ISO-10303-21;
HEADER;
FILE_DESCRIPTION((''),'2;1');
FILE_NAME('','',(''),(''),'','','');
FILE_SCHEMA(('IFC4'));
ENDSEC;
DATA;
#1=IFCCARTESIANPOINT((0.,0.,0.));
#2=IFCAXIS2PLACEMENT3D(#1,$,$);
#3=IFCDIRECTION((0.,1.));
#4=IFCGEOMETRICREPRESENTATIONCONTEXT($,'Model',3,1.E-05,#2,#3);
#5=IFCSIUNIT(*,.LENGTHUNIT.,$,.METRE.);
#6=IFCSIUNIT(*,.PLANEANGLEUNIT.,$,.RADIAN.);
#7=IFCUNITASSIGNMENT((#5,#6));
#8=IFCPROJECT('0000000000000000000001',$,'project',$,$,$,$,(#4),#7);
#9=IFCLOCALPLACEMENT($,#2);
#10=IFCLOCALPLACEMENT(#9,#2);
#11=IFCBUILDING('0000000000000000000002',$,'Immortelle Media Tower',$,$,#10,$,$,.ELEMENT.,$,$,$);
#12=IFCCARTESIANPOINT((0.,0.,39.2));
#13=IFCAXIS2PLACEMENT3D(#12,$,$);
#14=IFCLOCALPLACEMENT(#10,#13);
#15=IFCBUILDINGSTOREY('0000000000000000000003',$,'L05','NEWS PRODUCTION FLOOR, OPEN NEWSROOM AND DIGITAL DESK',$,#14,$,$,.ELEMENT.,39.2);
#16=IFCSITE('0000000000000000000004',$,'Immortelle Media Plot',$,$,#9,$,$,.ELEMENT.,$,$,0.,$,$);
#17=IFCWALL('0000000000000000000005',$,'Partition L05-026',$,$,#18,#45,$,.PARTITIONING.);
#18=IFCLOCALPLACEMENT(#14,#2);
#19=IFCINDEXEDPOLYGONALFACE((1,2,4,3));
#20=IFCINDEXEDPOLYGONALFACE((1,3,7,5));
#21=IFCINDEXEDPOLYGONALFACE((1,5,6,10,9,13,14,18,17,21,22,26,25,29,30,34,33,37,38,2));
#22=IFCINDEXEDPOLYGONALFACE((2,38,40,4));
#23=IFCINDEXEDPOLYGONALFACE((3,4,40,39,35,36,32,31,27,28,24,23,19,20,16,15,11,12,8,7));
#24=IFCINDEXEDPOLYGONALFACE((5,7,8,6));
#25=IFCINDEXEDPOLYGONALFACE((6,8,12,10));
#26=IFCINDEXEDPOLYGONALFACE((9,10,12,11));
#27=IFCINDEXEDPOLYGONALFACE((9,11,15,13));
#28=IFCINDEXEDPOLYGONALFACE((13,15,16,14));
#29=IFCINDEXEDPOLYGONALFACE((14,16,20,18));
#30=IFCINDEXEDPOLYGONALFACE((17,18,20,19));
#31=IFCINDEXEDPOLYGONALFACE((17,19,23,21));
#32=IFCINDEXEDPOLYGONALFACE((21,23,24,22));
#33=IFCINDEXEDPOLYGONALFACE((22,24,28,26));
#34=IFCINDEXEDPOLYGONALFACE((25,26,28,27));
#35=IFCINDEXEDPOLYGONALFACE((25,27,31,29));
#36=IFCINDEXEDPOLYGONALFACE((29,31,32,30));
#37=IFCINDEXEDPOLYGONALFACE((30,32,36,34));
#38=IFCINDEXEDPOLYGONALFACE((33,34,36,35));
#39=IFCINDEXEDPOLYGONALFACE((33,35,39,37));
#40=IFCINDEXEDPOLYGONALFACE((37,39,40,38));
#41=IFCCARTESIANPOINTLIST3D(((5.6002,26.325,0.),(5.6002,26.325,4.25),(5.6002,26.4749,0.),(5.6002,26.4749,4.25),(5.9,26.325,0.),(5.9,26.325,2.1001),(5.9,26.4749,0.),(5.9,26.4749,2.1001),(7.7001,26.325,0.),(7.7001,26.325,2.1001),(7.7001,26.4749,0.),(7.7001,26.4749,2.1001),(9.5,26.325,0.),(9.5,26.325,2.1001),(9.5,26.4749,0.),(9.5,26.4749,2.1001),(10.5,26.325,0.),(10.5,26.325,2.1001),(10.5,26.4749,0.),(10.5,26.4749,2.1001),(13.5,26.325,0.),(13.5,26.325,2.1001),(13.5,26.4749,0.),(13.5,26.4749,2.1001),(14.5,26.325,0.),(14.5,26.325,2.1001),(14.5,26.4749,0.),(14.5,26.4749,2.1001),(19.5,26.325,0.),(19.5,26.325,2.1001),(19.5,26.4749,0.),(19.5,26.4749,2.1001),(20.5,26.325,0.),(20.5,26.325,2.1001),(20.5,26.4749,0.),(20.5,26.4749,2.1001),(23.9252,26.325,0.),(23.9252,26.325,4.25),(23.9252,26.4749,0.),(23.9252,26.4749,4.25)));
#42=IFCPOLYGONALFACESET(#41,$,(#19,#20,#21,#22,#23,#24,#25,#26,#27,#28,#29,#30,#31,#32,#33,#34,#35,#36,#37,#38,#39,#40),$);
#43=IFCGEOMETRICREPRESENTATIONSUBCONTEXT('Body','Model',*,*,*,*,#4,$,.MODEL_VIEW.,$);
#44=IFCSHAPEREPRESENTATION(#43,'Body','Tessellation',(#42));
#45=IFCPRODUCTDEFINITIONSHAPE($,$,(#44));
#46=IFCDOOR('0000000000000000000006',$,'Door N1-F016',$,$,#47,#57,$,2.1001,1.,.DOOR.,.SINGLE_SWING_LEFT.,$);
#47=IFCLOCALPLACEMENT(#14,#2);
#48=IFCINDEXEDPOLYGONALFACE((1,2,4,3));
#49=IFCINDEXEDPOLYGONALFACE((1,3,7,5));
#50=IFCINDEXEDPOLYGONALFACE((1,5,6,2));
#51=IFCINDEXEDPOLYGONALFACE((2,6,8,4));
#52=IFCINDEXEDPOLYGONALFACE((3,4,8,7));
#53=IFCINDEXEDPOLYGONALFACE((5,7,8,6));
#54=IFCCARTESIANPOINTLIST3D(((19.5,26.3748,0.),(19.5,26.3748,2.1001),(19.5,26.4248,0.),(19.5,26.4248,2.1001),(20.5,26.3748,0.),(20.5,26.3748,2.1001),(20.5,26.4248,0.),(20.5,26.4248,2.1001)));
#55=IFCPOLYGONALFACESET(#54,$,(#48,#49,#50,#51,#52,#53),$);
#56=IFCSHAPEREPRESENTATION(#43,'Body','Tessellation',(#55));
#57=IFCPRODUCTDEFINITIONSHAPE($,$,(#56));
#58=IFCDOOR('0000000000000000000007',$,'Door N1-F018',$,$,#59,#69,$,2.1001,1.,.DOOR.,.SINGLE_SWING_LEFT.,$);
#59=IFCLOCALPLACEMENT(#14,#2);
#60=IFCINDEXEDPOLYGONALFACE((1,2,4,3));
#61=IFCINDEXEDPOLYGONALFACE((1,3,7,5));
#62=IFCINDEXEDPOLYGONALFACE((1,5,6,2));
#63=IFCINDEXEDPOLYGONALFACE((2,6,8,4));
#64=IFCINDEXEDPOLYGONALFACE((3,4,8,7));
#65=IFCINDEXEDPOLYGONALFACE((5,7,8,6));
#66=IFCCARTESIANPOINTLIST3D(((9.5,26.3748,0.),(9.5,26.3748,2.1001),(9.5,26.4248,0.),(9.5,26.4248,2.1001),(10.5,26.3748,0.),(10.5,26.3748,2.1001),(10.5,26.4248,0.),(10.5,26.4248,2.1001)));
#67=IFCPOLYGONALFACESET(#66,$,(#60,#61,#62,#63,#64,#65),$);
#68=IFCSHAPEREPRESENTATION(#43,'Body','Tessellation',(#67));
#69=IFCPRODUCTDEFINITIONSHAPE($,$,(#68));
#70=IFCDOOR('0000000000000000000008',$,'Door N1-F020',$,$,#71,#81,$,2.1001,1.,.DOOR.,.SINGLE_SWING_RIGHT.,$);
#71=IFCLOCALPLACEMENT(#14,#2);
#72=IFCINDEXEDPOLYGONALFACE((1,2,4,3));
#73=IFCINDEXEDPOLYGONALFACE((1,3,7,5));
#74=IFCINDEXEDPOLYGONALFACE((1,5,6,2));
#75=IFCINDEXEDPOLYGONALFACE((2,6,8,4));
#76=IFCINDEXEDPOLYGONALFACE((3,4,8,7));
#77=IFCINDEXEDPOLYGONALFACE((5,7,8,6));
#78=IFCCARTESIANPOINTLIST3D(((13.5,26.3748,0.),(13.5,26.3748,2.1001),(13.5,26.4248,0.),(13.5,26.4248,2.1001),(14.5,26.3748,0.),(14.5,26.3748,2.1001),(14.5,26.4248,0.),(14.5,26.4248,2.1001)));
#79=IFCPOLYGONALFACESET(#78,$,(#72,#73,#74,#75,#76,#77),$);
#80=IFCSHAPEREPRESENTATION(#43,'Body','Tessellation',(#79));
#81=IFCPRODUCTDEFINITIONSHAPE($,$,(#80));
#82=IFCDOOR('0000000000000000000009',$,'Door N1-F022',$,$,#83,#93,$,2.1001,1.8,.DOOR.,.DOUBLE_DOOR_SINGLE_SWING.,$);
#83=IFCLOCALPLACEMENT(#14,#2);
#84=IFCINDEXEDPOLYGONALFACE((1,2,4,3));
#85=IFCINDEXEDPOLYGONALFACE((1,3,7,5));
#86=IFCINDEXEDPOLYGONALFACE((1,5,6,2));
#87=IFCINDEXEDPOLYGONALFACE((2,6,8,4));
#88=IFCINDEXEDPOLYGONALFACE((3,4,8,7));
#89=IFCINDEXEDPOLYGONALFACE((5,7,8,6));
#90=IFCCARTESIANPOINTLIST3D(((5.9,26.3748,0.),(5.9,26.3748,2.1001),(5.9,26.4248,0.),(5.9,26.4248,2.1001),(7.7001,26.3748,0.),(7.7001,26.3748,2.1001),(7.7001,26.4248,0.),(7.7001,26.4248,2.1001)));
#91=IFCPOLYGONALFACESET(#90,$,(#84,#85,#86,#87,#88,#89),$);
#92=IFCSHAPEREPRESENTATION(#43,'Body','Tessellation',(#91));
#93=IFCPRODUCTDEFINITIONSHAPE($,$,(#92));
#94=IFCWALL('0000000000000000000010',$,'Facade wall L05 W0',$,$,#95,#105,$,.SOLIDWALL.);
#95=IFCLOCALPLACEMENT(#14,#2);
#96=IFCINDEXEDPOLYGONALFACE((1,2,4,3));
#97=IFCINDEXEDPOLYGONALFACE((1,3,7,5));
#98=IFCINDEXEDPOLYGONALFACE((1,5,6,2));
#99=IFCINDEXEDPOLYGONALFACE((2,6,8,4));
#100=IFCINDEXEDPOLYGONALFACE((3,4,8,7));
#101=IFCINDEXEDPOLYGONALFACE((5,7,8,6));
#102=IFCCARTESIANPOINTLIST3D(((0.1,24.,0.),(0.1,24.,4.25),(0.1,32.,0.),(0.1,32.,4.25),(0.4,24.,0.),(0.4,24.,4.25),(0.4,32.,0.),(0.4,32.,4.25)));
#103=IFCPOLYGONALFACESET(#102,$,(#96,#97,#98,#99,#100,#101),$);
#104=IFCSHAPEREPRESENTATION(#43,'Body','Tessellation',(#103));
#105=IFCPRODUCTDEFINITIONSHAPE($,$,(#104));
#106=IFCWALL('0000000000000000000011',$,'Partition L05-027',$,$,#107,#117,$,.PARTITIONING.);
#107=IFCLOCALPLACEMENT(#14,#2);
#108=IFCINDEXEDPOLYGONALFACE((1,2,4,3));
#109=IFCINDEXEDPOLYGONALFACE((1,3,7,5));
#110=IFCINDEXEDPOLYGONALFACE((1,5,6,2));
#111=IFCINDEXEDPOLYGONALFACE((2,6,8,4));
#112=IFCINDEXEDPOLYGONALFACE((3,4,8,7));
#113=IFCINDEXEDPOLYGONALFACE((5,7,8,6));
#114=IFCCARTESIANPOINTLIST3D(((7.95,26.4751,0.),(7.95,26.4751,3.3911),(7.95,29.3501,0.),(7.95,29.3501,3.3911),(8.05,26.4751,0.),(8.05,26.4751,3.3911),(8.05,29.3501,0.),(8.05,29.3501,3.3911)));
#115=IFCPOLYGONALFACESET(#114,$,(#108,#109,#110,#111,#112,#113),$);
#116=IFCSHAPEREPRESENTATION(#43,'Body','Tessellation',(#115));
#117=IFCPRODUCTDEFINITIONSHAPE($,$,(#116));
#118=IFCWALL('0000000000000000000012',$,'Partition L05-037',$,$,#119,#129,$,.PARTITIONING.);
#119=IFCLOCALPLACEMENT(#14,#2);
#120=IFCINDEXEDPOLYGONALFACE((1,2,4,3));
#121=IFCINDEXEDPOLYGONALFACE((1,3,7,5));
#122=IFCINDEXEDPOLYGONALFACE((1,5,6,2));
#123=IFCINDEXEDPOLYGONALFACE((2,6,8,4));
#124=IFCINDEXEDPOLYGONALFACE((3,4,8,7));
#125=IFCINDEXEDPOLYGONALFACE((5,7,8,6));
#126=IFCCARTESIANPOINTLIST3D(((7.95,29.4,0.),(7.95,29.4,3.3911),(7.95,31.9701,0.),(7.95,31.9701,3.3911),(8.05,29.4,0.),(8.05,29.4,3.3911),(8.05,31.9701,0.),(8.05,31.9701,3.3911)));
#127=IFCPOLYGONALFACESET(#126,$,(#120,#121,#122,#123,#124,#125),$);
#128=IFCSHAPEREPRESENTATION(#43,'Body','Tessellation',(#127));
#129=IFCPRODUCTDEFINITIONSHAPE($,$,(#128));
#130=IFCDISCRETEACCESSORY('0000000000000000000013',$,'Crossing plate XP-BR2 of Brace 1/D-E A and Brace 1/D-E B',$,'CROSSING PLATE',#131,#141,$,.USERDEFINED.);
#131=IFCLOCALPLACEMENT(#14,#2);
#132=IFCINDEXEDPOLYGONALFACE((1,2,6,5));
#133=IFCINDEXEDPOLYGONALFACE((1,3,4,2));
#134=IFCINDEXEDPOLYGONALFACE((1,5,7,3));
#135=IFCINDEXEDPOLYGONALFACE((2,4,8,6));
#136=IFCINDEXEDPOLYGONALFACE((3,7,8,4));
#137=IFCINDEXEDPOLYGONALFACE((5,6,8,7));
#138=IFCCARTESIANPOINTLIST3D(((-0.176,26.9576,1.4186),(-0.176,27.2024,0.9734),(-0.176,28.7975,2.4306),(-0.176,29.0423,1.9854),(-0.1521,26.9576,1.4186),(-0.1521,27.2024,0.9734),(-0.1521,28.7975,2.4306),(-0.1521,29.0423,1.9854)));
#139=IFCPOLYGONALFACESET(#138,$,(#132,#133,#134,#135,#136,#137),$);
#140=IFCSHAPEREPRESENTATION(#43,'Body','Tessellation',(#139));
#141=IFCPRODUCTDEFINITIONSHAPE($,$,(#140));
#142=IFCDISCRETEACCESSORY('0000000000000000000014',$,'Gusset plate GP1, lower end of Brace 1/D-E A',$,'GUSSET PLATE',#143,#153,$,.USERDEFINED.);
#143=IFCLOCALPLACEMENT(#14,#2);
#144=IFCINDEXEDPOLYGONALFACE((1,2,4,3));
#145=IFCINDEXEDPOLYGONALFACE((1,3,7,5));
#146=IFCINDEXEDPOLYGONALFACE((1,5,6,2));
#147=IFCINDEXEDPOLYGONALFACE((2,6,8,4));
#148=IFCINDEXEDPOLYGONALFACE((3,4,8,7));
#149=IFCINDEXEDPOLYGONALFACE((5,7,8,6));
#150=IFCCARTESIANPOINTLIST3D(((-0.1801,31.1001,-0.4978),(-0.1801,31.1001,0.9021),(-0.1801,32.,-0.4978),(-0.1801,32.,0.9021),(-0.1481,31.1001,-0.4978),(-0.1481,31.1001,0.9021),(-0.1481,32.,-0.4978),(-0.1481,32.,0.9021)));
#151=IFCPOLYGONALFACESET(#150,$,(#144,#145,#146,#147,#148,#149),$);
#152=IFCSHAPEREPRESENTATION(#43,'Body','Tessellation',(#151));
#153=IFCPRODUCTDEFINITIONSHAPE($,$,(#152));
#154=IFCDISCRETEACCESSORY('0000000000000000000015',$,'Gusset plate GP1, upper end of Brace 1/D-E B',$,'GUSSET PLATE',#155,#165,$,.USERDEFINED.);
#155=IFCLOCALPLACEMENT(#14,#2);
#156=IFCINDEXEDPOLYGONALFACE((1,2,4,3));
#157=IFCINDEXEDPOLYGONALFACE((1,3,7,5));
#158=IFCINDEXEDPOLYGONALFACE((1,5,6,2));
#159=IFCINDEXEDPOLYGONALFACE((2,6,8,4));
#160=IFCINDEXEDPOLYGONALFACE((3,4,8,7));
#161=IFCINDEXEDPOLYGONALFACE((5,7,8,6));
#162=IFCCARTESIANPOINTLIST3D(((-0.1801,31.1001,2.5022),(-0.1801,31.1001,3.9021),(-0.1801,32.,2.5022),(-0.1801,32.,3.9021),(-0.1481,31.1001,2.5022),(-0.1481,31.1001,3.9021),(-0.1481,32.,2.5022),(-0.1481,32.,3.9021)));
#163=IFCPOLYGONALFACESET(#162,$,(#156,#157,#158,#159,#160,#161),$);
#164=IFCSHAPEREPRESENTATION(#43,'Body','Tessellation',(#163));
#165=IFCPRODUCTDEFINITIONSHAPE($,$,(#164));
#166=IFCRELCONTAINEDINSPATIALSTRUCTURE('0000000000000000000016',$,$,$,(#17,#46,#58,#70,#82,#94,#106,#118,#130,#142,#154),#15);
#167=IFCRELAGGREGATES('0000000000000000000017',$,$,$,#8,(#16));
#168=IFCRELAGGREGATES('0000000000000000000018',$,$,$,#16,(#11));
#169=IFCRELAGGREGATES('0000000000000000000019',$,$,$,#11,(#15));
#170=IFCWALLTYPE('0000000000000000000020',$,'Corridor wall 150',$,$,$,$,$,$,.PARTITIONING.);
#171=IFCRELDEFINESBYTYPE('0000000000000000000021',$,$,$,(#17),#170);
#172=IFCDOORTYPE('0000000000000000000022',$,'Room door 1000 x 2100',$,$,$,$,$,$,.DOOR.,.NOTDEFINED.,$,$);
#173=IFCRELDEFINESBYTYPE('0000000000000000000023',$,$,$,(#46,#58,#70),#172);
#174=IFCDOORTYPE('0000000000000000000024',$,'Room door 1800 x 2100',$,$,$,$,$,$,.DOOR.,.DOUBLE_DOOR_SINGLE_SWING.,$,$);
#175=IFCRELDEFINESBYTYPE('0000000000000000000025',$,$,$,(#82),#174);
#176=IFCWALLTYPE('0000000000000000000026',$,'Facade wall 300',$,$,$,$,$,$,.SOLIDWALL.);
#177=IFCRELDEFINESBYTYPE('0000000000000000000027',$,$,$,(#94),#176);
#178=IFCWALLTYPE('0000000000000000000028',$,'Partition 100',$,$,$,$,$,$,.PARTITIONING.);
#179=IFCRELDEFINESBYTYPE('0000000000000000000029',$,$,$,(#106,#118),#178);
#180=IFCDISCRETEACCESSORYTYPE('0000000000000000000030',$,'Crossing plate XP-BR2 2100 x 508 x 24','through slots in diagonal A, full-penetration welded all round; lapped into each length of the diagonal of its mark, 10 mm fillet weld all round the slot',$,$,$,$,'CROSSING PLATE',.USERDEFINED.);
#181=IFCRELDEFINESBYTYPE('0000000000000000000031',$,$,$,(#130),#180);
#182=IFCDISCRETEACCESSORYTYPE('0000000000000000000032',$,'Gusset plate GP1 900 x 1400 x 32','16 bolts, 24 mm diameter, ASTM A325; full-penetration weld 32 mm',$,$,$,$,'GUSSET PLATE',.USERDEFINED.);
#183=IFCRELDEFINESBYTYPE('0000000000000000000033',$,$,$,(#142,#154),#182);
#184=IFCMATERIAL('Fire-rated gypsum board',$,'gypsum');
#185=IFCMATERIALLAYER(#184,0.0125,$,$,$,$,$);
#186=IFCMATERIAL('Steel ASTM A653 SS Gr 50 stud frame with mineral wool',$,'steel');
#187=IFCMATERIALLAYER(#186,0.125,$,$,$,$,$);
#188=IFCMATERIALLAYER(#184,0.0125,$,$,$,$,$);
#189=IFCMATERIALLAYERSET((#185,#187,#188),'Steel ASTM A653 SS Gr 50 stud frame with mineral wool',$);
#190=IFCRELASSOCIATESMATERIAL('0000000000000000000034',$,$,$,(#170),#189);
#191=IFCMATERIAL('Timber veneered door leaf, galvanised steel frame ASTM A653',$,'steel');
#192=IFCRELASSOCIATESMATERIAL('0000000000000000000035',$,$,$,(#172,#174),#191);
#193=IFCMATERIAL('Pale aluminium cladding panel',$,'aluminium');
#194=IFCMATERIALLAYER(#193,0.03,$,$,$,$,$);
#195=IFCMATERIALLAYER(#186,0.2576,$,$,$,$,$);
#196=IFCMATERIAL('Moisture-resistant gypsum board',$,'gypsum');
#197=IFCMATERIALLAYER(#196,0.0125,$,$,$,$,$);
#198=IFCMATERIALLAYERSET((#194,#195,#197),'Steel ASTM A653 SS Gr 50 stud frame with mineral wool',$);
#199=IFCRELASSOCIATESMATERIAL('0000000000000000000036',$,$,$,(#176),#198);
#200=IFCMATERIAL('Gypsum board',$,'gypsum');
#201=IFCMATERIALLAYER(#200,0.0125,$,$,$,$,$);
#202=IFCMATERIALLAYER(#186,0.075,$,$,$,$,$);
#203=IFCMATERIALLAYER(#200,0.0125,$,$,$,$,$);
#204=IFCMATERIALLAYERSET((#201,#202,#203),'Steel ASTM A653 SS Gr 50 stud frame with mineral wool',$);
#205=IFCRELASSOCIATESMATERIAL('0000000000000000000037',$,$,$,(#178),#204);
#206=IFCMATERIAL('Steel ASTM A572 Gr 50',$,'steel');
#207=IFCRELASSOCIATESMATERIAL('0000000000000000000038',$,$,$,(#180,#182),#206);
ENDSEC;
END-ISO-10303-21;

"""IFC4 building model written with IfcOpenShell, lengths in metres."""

from ifc_helpers import new_model, si_unit, direction, frame, frame_2d, origin, origin_2d, place, context, subcontext, project, spatial, rectangle, extrude, material, layer, layer_set, material_profile, profile_set, type_object, element, fill, save


model = new_model("IFC4")

# Units and contexts
model_context = context("Model", 3, precision=1e-05, world=origin(), true_north=direction((0.0, 1.0)))
body_context = subcontext(model_context, "Body", "Model", "MODEL_VIEW")
ifc_project = project(units=[si_unit("LENGTHUNIT", "METRE"), si_unit("PLANEANGLEUNIT", "RADIAN")], contexts=[model_context])

# Site, building, storey
site_placement = place(None, origin())
site = spatial("IfcSite", under=ifc_project, at=site_placement, Name="Immortelle Media Plot", CompositionType="ELEMENT", RefElevation=0.0)
building_placement = place(site_placement, origin())
building = spatial("IfcBuilding", under=site, at=building_placement, Name="Immortelle Media Tower", CompositionType="ELEMENT")
storey_placement = place(building_placement, frame((0.0, 0.0, 39.2)))
storey = spatial("IfcBuildingStorey", under=building, at=storey_placement, Name="L05", Description="NEWS PRODUCTION FLOOR, OPEN NEWSROOM AND DIGITAL DESK", CompositionType="ELEMENT", Elevation=39.2)

# Wall, openings, doors
ifc_material_1 = material(Name="Fire-rated gypsum board", Category="gypsum")
ifc_layer_1 = layer(ifc_material_1, 0.0125)
ifc_material_2 = material(Name="Steel ASTM A653 SS Gr 50 stud frame with mineral wool", Category="steel")
ifc_layer_2 = layer(ifc_material_2, 0.125)
ifc_layer_3 = layer(ifc_material_1, 0.0125)
ifc_layer_set_1 = layer_set([ifc_layer_1, ifc_layer_2, ifc_layer_3], Name="Steel ASTM A653 SS Gr 50 stud frame with mineral wool")
wall_type_1 = type_object("IfcWallType", Name="Corridor wall 150", PredefinedType="PARTITIONING", material=ifc_layer_set_1)
wall_1_placement = place(storey_placement, frame((5.6001, 26.3999, 0.0), z_axis=(0.0, 0.0, 1.0), x_axis=(1.0, 0.0, 0.0)))
wall_1 = element("IfcWall", 1, at=wall_1_placement, inside=storey, type_object=wall_type_1, Name="Partition L05-026", PredefinedType="PARTITIONING", context=body_context, shape_type="SweptSolid", body=[
    extrude(rectangle(XDim=18.325, YDim=0.1499, at=frame_2d((9.1626, 0.0))), origin(), (0.0, 0.0, 1.0), 4.25),
])
opening_1_placement = place(wall_1_placement, frame((13.8999, 0.0, 0.0)))
opening_1 = element("IfcOpeningElement", 2, at=opening_1_placement, cuts=wall_1, PredefinedType="OPENING", context=body_context, shape_type="SweptSolid", body=[
    extrude(rectangle(XDim=1.0, YDim=2.1001, at=frame_2d((0.5, 1.05))), frame((0.0, 0.085, 0.0), z_axis=(0.0, -1.0, 0.0), x_axis=(1.0, 0.0, 0.0)), (0.0, 0.0, 1.0), 0.1699),
])
opening_2_placement = place(wall_1_placement, frame((3.8999, 0.0, 0.0)))
opening_2 = element("IfcOpeningElement", 3, at=opening_2_placement, cuts=wall_1, PredefinedType="OPENING", context=body_context, shape_type="SweptSolid", body=[
    extrude(rectangle(XDim=1.0, YDim=2.1001, at=frame_2d((0.5, 1.05))), frame((0.0, 0.085, 0.0), z_axis=(0.0, -1.0, 0.0), x_axis=(1.0, 0.0, 0.0)), (0.0, 0.0, 1.0), 0.1699),
])
opening_3_placement = place(wall_1_placement, frame((7.8999, 0.0, 0.0)))
opening_3 = element("IfcOpeningElement", 4, at=opening_3_placement, cuts=wall_1, PredefinedType="OPENING", context=body_context, shape_type="SweptSolid", body=[
    extrude(rectangle(XDim=1.0, YDim=2.1001, at=frame_2d((0.5, 1.05))), frame((0.0, 0.085, 0.0), z_axis=(0.0, -1.0, 0.0), x_axis=(1.0, 0.0, 0.0)), (0.0, 0.0, 1.0), 0.1699),
])
opening_4_placement = place(wall_1_placement, frame((0.3, 0.0, 0.0)))
opening_4 = element("IfcOpeningElement", 5, at=opening_4_placement, cuts=wall_1, PredefinedType="OPENING", context=body_context, shape_type="SweptSolid", body=[
    extrude(rectangle(XDim=1.8, YDim=2.1001, at=frame_2d((0.8999, 1.05))), frame((0.0, 0.085, 0.0), z_axis=(0.0, -1.0, 0.0), x_axis=(1.0, 0.0, 0.0)), (0.0, 0.0, 1.0), 0.1699),
])
ifc_material_3 = material(Name="Timber veneered door leaf, galvanised steel frame ASTM A653", Category="steel")
door_type_1 = type_object("IfcDoorType", Name="Room door 1000 x 2100", OperationType="NOTDEFINED", PredefinedType="DOOR", material=ifc_material_3)
door_1_placement = place(opening_1_placement, origin())
door_1 = element("IfcDoor", 6, at=door_1_placement, inside=storey, type_object=door_type_1, Name="Door N1-F016", OperationType="SINGLE_SWING_LEFT", OverallHeight=2.1001, OverallWidth=1.0, PredefinedType="DOOR", context=body_context, shape_type="SweptSolid", body=[
    extrude(rectangle(XDim=1.0, YDim=2.1001, at=frame_2d((0.5, 1.05))), frame((0.0, 0.0249, 0.0), z_axis=(0.0, -1.0, 0.0), x_axis=(1.0, 0.0, 0.0)), (0.0, 0.0, 1.0), 0.05),
])
fill(opening_1, door_1)
door_2_placement = place(opening_2_placement, origin())
door_2 = element("IfcDoor", 7, at=door_2_placement, inside=storey, type_object=door_type_1, Name="Door N1-F018", OperationType="SINGLE_SWING_LEFT", OverallHeight=2.1001, OverallWidth=1.0, PredefinedType="DOOR", context=body_context, shape_type="SweptSolid", body=[
    extrude(rectangle(XDim=1.0, YDim=2.1001, at=frame_2d((0.5, 1.05))), frame((0.0, 0.0249, 0.0), z_axis=(0.0, -1.0, 0.0), x_axis=(1.0, 0.0, 0.0)), (0.0, 0.0, 1.0), 0.05),
])
fill(opening_2, door_2)
door_3_placement = place(opening_3_placement, origin())
door_3 = element("IfcDoor", 8, at=door_3_placement, inside=storey, type_object=door_type_1, Name="Door N1-F020", OperationType="SINGLE_SWING_RIGHT", OverallHeight=2.1001, OverallWidth=1.0, PredefinedType="DOOR", context=body_context, shape_type="SweptSolid", body=[
    extrude(rectangle(XDim=1.0, YDim=2.1001, at=frame_2d((0.5, 1.05))), frame((0.0, 0.0249, 0.0), z_axis=(0.0, -1.0, 0.0), x_axis=(1.0, 0.0, 0.0)), (0.0, 0.0, 1.0), 0.05),
])
fill(opening_3, door_3)
door_type_2 = type_object("IfcDoorType", Name="Room door 1800 x 2100", OperationType="DOUBLE_DOOR_SINGLE_SWING", PredefinedType="DOOR", material=ifc_material_3)
door_4_placement = place(opening_4_placement, origin())
door_4 = element("IfcDoor", 9, at=door_4_placement, inside=storey, type_object=door_type_2, Name="Door N1-F022", OperationType="DOUBLE_DOOR_SINGLE_SWING", OverallHeight=2.1001, OverallWidth=1.8, PredefinedType="DOOR", context=body_context, shape_type="SweptSolid", body=[
    extrude(rectangle(XDim=1.8, YDim=2.1001, at=frame_2d((0.8999, 1.05))), frame((0.0, 0.0249, 0.0), z_axis=(0.0, -1.0, 0.0), x_axis=(1.0, 0.0, 0.0)), (0.0, 0.0, 1.0), 0.05),
])
fill(opening_4, door_4)

# Walls
ifc_material_4 = material(Name="Pale aluminium cladding panel", Category="aluminium")
ifc_layer_4 = layer(ifc_material_4, 0.03)
ifc_layer_5 = layer(ifc_material_2, 0.2576)
ifc_material_5 = material(Name="Moisture-resistant gypsum board", Category="gypsum")
ifc_layer_6 = layer(ifc_material_5, 0.0125)
ifc_layer_set_2 = layer_set([ifc_layer_4, ifc_layer_5, ifc_layer_6], Name="Steel ASTM A653 SS Gr 50 stud frame with mineral wool")
wall_type_2 = type_object("IfcWallType", Name="Facade wall 300", PredefinedType="SOLIDWALL", material=ifc_layer_set_2)
wall_2_placement = place(storey_placement, frame((0.25, 32.0, 0.0), z_axis=(0.0, 0.0, 1.0), x_axis=(0.0, -1.0, 0.0)))
element("IfcWall", 10, at=wall_2_placement, inside=storey, type_object=wall_type_2, Name="Facade wall L05 W0", PredefinedType="SOLIDWALL", context=body_context, shape_type="SweptSolid", body=[
    extrude(rectangle(XDim=8.0, YDim=0.3, at=frame_2d((4.0, 0.0))), origin(), (0.0, 0.0, 1.0), 4.25),
])
ifc_material_6 = material(Name="Gypsum board", Category="gypsum")
ifc_layer_7 = layer(ifc_material_6, 0.0125)
ifc_layer_8 = layer(ifc_material_2, 0.075)
ifc_layer_9 = layer(ifc_material_6, 0.0125)
ifc_layer_set_3 = layer_set([ifc_layer_7, ifc_layer_8, ifc_layer_9], Name="Steel ASTM A653 SS Gr 50 stud frame with mineral wool")
wall_type_3 = type_object("IfcWallType", Name="Partition 100", PredefinedType="PARTITIONING", material=ifc_layer_set_3)
wall_3_placement = place(storey_placement, frame((8.0, 26.4751, 0.0), z_axis=(0.0, 0.0, 1.0), x_axis=(0.0, 1.0, 0.0)))
element("IfcWall", 11, at=wall_3_placement, inside=storey, type_object=wall_type_3, Name="Partition L05-027", PredefinedType="PARTITIONING", context=body_context, shape_type="SweptSolid", body=[
    extrude(rectangle(XDim=2.875, YDim=0.1001, at=frame_2d((1.4375, 0.0))), origin(), (0.0, 0.0, 1.0), 3.3911),
])
wall_4_placement = place(storey_placement, frame((8.0, 29.3999, 0.0), z_axis=(0.0, 0.0, 1.0), x_axis=(0.0, 1.0, 0.0)))
element("IfcWall", 12, at=wall_4_placement, inside=storey, type_object=wall_type_3, Name="Partition L05-037", PredefinedType="PARTITIONING", context=body_context, shape_type="SweptSolid", body=[
    extrude(rectangle(XDim=2.5701, YDim=0.1001, at=frame_2d((1.2852, 0.0))), origin(), (0.0, 0.0, 1.0), 3.3911),
])

# Discrete accessories
ifc_material_7 = material(Name="Steel ASTM A572 Gr 50", Category="steel")
ifc_material_profile_1 = material_profile(ifc_material_7, rectangle(XDim=0.0239, YDim=0.5081, at=origin_2d()), Name="PL 24 x 508")
ifc_profile_set_1 = profile_set([ifc_material_profile_1], Name="Steel ASTM A572 Gr 50")
discrete_accessory_type_1 = type_object("IfcDiscreteAccessoryType", Name="Crossing plate XP-BR2 2100 x 508 x 24", Description="through slots in diagonal A, full-penetration welded all round; lapped into each length of the diagonal of its mark, 10 mm fillet weld all round the slot", ElementType="CROSSING PLATE", PredefinedType="USERDEFINED", material=ifc_profile_set_1)
discrete_accessory_placement = place(storey_placement, frame((-0.1641, 28.9199, 2.208), z_axis=(0.0, -0.876206, -0.481937), x_axis=(1.0, 0.0, 0.0)))
element("IfcDiscreteAccessory", 13, at=discrete_accessory_placement, inside=storey, type_object=discrete_accessory_type_1, Name="Crossing plate XP-BR2 of Brace 1/D-E A and Brace 1/D-E B", ObjectType="CROSSING PLATE", PredefinedType="USERDEFINED", context=body_context, shape_type="SweptSolid", body=[
    extrude(rectangle(XDim=0.0239, YDim=0.5081, at=origin_2d()), origin(), (0.0, 0.0, 1.0), 2.0999),
])
ifc_material_profile_2 = material_profile(ifc_material_7, rectangle(XDim=0.032, YDim=1.3999, at=origin_2d()), Name="PL 32 x 1400")
ifc_profile_set_2 = profile_set([ifc_material_profile_2], Name="Steel ASTM A572 Gr 50")
discrete_accessory_type_2 = type_object("IfcDiscreteAccessoryType", Name="Gusset plate GP1 900 x 1400 x 32", Description="16 bolts, 24 mm diameter, ASTM A325; full-penetration weld 32 mm", ElementType="GUSSET PLATE", PredefinedType="USERDEFINED", material=ifc_profile_set_2)
for number, where, z_axis, x_axis, name in (
    (14, (-0.1641, 32.0, 0.2021), (0.0, -1.0, 0.0), (1.0, 0.0, 0.0), "Gusset plate GP1, lower end of Brace 1/D-E A"),
    (15, (-0.1641, 32.0, 3.2021), (0.0, -1.0, 0.0), (1.0, 0.0, 0.0), "Gusset plate GP1, upper end of Brace 1/D-E B"),
):
    element("IfcDiscreteAccessory", number, at=place(storey_placement, frame(where, z_axis=z_axis, x_axis=x_axis)), inside=storey, type_object=discrete_accessory_type_2, Name=name, ObjectType="GUSSET PLATE", PredefinedType="USERDEFINED", context=body_context, shape_type="SweptSolid", body=[
        extrude(rectangle(XDim=0.032, YDim=1.3999, at=origin_2d()), origin(), (0.0, 0.0, 1.0), 0.8999),
    ])

save(model, "model.ifc")
